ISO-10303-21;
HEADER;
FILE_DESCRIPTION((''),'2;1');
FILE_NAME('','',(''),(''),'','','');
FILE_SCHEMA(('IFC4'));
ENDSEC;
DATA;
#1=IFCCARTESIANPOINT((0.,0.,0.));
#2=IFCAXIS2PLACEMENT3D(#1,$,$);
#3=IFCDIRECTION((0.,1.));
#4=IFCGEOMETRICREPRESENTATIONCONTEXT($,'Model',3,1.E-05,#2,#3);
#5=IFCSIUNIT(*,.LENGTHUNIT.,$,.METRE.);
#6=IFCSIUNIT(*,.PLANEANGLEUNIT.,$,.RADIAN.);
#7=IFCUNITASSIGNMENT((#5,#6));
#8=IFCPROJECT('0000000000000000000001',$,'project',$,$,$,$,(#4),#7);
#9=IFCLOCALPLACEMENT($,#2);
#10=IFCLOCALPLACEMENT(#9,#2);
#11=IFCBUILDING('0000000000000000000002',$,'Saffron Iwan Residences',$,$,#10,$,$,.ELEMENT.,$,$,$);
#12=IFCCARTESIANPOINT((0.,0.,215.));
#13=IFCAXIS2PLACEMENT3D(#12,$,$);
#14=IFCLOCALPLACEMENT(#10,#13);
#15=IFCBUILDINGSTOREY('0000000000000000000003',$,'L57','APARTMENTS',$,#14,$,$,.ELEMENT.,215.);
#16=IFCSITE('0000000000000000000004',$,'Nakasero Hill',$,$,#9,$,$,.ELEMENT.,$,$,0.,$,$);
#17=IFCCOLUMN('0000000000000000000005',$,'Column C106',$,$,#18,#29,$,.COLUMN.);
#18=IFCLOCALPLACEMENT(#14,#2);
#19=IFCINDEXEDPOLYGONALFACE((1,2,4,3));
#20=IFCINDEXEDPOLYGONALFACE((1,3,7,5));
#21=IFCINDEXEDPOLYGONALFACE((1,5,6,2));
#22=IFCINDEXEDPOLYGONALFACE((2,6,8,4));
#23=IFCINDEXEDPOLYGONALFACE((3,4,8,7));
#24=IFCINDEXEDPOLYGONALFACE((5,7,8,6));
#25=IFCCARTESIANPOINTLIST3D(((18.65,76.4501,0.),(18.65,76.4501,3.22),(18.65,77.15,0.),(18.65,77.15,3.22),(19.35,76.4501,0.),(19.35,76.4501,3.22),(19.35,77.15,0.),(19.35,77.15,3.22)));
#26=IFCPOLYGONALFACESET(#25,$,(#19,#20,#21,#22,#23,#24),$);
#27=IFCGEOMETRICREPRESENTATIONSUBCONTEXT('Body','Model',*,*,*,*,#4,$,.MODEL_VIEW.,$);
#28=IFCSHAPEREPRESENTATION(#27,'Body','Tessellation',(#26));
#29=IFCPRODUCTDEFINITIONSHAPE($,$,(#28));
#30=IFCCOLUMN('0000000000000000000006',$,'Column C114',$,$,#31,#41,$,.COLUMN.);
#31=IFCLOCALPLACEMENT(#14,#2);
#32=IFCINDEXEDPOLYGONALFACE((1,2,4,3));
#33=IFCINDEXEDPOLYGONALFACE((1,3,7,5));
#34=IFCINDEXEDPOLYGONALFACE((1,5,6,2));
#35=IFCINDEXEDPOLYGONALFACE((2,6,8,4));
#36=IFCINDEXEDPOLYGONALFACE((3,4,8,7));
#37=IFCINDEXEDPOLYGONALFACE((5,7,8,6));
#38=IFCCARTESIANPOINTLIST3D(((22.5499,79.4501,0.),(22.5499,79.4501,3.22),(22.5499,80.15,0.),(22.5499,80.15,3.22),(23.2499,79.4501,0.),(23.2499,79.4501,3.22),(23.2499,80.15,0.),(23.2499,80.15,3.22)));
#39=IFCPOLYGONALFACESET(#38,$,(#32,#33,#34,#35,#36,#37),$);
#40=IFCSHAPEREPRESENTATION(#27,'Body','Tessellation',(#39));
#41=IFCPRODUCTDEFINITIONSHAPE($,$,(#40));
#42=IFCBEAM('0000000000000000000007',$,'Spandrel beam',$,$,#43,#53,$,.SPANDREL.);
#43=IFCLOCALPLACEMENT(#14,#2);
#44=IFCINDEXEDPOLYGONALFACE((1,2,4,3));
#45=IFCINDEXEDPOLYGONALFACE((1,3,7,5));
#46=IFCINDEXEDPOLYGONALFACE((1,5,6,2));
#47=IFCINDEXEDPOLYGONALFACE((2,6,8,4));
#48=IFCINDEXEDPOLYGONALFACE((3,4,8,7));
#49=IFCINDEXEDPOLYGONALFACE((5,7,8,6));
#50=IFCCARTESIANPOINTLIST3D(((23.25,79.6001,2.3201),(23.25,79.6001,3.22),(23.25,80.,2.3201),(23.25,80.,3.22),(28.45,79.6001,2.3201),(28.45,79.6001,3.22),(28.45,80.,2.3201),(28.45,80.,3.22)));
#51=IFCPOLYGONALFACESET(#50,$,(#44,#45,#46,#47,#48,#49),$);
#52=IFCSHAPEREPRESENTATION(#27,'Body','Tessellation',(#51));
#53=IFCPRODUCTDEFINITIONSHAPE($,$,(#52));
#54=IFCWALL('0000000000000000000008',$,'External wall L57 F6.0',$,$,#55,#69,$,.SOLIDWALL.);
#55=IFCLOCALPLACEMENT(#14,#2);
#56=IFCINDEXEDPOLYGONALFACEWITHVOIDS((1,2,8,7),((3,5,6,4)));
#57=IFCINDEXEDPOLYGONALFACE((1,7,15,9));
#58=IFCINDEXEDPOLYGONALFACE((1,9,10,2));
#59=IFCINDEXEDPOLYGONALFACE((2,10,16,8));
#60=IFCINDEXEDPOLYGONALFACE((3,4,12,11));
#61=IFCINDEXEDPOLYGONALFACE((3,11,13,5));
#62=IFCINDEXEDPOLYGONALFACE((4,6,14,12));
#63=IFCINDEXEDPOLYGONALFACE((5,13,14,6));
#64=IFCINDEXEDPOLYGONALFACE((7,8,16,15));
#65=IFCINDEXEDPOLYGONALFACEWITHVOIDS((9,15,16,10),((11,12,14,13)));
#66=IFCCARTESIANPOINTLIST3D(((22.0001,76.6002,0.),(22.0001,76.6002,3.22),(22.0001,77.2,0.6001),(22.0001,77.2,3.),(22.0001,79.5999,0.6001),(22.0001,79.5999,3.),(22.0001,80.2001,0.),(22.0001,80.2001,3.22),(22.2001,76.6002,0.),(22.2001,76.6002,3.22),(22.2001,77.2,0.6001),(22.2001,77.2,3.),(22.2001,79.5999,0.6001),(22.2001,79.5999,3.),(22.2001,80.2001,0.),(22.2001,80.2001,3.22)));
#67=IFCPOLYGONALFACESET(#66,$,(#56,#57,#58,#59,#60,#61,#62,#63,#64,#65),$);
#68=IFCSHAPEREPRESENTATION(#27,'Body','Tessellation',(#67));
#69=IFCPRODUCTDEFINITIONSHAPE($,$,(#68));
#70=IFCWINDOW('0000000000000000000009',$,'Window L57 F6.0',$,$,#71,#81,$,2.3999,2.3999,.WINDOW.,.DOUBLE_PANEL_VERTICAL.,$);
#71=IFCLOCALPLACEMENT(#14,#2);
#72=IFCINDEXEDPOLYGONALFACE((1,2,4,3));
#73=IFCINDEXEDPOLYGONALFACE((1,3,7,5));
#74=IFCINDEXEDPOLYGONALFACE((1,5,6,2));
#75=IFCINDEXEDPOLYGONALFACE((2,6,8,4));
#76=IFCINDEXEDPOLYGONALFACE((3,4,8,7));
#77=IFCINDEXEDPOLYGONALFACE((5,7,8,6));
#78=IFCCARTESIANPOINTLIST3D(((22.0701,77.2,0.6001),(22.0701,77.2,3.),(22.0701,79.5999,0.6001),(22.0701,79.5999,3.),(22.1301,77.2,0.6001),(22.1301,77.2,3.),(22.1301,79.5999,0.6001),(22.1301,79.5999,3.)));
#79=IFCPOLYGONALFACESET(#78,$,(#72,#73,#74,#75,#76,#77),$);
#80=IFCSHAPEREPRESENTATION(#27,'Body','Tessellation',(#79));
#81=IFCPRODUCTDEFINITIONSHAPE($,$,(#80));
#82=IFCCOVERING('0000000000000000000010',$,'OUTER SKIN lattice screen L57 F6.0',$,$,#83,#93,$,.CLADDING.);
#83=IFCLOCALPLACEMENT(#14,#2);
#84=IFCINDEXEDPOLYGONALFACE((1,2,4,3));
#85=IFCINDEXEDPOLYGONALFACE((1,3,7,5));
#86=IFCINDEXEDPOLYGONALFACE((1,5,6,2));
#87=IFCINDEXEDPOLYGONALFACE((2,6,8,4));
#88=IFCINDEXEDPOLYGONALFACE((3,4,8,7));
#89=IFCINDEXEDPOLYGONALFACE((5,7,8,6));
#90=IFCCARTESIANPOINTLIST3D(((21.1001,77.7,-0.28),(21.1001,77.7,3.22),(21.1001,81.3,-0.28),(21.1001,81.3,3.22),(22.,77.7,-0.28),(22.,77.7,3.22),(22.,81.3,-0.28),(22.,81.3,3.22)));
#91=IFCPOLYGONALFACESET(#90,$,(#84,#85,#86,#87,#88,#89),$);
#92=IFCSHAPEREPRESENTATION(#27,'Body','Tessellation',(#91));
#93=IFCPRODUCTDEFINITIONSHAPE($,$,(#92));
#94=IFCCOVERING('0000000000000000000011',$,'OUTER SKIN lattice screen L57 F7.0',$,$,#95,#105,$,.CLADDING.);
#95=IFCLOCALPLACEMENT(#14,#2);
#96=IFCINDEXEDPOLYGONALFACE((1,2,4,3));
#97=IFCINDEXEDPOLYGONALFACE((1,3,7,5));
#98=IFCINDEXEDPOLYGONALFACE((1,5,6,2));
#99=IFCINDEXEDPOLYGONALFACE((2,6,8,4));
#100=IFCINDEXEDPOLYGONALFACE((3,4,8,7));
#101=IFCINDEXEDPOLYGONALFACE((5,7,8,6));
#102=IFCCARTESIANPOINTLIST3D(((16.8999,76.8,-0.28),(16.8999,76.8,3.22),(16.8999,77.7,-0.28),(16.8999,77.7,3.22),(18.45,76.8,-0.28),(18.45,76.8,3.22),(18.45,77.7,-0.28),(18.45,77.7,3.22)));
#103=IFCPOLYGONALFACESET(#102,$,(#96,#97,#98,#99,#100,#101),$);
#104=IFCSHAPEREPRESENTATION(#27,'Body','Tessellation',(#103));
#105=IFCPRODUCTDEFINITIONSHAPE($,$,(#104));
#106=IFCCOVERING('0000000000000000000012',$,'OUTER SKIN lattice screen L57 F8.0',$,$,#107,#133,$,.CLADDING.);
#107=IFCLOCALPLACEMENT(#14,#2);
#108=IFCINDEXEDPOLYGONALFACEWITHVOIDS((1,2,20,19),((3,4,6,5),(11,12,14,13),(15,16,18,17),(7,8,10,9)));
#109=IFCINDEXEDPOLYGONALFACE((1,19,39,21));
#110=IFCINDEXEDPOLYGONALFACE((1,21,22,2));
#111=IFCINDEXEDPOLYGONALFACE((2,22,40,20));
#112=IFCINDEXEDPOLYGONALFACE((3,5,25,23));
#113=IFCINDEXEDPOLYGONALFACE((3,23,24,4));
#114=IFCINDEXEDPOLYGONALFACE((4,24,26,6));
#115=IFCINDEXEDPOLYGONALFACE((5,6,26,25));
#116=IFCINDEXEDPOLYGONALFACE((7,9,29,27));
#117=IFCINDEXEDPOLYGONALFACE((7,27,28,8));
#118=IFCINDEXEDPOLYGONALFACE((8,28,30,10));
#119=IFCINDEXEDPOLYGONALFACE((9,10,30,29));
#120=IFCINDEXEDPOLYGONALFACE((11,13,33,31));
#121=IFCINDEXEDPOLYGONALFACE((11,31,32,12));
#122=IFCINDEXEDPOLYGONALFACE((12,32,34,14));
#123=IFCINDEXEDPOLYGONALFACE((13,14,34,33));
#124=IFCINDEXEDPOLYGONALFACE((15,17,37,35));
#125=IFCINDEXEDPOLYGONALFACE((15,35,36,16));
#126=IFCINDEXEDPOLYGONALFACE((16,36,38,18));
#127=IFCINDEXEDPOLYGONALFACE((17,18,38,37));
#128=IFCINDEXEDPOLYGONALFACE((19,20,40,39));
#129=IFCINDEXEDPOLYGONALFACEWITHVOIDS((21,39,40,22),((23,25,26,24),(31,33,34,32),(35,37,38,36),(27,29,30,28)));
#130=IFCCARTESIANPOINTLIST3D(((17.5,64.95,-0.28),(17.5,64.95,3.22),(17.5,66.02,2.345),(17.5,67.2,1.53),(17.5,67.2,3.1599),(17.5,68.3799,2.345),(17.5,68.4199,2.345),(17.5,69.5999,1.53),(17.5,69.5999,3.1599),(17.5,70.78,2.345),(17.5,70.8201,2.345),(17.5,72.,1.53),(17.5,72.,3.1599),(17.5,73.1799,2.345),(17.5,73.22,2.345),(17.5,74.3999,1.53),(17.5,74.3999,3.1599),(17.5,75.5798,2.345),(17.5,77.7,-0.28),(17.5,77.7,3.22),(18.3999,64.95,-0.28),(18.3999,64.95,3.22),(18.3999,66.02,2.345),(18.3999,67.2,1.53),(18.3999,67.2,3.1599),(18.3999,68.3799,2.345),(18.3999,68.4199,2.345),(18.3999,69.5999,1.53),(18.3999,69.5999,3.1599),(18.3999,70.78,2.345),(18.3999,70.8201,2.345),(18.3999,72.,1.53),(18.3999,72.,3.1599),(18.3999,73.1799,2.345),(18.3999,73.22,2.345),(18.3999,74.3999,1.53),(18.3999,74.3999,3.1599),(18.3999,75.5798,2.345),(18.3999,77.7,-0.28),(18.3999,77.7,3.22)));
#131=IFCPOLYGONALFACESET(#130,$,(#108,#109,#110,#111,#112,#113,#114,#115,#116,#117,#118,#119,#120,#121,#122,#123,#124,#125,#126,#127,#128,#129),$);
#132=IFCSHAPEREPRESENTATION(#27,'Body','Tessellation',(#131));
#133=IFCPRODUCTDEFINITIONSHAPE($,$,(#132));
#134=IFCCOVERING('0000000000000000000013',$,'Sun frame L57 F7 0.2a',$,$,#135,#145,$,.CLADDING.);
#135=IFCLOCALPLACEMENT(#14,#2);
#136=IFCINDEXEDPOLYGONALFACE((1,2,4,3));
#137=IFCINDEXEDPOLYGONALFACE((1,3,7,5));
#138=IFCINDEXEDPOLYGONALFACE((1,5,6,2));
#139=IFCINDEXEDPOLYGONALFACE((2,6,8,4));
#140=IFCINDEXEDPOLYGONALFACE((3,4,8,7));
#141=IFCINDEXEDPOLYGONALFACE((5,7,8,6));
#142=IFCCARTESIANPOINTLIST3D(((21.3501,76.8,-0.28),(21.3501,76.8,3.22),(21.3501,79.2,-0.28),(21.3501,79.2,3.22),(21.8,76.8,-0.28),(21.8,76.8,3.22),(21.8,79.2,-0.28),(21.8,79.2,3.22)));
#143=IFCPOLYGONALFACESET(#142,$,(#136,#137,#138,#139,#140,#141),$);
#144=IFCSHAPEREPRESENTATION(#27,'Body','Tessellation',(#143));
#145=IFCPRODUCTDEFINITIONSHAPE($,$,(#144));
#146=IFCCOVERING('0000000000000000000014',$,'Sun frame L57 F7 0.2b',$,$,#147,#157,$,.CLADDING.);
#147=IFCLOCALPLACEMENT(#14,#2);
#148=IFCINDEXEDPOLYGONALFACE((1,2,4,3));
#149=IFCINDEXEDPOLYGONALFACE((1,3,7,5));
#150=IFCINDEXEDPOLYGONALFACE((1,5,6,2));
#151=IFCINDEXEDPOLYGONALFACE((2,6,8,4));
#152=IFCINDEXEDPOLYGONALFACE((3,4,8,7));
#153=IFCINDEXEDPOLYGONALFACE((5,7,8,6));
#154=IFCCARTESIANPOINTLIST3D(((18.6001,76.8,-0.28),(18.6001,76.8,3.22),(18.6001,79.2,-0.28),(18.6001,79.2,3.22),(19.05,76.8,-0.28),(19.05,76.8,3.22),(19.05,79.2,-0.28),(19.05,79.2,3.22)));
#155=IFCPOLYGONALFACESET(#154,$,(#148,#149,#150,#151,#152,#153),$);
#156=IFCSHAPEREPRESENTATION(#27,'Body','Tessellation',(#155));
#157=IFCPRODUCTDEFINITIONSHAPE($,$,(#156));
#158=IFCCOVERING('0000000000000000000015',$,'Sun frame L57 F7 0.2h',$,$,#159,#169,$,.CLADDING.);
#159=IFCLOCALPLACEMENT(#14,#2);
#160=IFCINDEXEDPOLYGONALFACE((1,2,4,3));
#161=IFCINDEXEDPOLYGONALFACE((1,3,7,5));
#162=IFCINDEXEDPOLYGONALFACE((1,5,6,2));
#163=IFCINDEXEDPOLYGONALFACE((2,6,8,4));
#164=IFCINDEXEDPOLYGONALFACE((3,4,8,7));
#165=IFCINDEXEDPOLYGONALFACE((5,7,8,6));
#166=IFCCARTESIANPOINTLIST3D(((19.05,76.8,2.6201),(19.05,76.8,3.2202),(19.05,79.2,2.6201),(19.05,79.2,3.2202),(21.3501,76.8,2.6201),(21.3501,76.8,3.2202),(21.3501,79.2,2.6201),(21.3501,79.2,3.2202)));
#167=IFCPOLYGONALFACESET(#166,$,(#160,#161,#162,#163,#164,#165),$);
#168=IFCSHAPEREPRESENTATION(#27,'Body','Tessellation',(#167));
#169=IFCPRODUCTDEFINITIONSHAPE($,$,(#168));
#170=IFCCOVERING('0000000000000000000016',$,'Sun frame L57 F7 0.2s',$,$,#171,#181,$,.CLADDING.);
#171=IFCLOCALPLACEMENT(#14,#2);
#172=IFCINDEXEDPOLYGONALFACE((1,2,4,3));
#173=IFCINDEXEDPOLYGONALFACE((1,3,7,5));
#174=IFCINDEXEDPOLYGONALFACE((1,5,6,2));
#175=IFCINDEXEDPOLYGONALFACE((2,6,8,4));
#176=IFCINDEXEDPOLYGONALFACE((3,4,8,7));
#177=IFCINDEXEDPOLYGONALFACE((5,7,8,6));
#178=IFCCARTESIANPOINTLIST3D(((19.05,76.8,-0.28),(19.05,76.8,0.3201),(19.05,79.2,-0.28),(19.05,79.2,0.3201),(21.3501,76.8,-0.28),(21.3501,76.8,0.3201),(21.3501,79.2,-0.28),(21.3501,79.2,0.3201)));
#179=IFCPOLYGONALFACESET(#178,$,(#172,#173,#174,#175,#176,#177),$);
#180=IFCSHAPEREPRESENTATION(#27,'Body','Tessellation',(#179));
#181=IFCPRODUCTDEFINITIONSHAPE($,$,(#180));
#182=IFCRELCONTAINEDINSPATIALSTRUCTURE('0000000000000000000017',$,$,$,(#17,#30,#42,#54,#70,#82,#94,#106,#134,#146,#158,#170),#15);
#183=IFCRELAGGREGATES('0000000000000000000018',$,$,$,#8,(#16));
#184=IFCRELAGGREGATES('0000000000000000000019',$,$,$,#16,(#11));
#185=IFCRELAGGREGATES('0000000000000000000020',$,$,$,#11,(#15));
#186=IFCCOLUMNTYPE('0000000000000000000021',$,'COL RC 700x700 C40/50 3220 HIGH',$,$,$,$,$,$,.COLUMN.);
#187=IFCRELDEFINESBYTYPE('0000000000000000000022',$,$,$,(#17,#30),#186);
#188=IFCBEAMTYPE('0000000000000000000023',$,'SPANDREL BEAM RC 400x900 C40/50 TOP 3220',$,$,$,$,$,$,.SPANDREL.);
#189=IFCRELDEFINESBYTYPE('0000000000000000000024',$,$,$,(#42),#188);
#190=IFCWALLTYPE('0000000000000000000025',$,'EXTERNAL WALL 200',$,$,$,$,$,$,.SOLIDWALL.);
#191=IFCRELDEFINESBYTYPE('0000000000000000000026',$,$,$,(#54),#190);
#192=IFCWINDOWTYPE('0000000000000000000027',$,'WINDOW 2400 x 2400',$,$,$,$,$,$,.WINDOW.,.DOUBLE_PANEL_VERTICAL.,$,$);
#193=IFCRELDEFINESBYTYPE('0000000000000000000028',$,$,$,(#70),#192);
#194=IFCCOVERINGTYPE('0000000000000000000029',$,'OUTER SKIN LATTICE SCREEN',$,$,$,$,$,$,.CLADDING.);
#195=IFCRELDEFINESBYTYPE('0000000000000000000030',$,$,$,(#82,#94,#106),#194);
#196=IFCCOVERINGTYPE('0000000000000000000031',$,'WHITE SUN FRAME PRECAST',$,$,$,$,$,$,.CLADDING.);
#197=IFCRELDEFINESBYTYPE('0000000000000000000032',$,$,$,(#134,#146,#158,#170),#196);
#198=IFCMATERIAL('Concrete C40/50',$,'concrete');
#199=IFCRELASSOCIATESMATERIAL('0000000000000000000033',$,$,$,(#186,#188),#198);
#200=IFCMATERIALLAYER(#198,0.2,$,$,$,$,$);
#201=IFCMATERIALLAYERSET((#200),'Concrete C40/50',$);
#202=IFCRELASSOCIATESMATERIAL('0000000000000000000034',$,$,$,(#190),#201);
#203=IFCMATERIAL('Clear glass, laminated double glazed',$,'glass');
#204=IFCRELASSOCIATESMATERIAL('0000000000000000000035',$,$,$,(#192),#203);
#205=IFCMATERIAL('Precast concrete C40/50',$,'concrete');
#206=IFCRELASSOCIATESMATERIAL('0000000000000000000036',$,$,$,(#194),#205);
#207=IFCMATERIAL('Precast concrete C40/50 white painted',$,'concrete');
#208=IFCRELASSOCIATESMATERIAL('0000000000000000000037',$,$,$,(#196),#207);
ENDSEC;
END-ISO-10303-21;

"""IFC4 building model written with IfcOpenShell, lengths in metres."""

from ifc_helpers import new_model, si_unit, direction, frame, frame_2d, origin, origin_2d, place, context, subcontext, project, spatial, polyline, rectangle, outline, extrude, source, transform, mapped, material, layer, layer_set, material_profile, profile_set, type_object, element, fill, save


model = new_model("IFC4")

# Units and contexts
model_context = context("Model", 3, precision=1e-05, world=origin(), true_north=direction((0.0, 1.0)))
body_context = subcontext(model_context, "Body", "Model", "MODEL_VIEW")
ifc_project = project(units=[si_unit("LENGTHUNIT", "METRE"), si_unit("PLANEANGLEUNIT", "RADIAN")], contexts=[model_context])

# Site, building, storey
site_placement = place(None, origin())
site = spatial("IfcSite", under=ifc_project, at=site_placement, Name="Nakasero Hill", CompositionType="ELEMENT", RefElevation=0.0)
building_placement = place(site_placement, origin())
building = spatial("IfcBuilding", under=site, at=building_placement, Name="Saffron Iwan Residences", CompositionType="ELEMENT")
storey_placement = place(building_placement, frame((0.0, 0.0, 215.0)))
storey = spatial("IfcBuildingStorey", under=building, at=storey_placement, Name="L57", Description="APARTMENTS", CompositionType="ELEMENT", Elevation=215.0)

# Columns
ifc_material_1 = material(Name="Concrete C40/50", Category="concrete")
ifc_material_profile_1 = material_profile(ifc_material_1, rectangle(XDim=0.7, YDim=0.7, at=origin_2d()), Name="RC 700x700")
ifc_profile_set_1 = profile_set([ifc_material_profile_1], Name="Concrete C40/50")
column_type = type_object("IfcColumnType", Name="COL RC 700x700 C40/50 3220 HIGH", PredefinedType="COLUMN", material=ifc_profile_set_1)
shared_shape_1 = source(origin(), body_context, "Body", "SweptSolid", [
    extrude(rectangle(XDim=0.7, YDim=0.7, at=origin_2d()), origin(), (0.0, 0.0, 1.0), 3.22),
])
for number, where, z_axis, x_axis, name in (
    (1, (19.0, 76.8, 0.0), (0.0, 0.0, 1.0), (1.0, 0.0, 0.0), "Column C106"),
    (2, (22.8999, 79.8, 0.0), (0.0, 0.0, 1.0), (1.0, 0.0, 0.0), "Column C114"),
):
    element("IfcColumn", number, at=place(storey_placement, frame(where, z_axis=z_axis, x_axis=x_axis)), inside=storey, type_object=column_type, Name=name, PredefinedType="COLUMN", context=body_context, shape_type="MappedRepresentation", body=[
        mapped(shared_shape_1, transform((0.0, 0.0, 0.0))),
    ])

# Beam
ifc_material_profile_2 = material_profile(ifc_material_1, rectangle(XDim=0.3999, YDim=0.8999, at=origin_2d()), Name="RC 400x900")
ifc_profile_set_2 = profile_set([ifc_material_profile_2], Name="Concrete C40/50")
beam_type = type_object("IfcBeamType", Name="SPANDREL BEAM RC 400x900 C40/50 TOP 3220", PredefinedType="SPANDREL", material=ifc_profile_set_2)
shared_shape_2 = source(origin(), body_context, "Body", "SweptSolid", [
    extrude(rectangle(XDim=0.3999, YDim=0.8999, at=origin_2d()), origin(), (0.0, 0.0, 1.0), 5.2),
])
beam_placement = place(storey_placement, frame((23.25, 79.8, 2.77), z_axis=(1.0, 0.0, 0.0), x_axis=(0.0, 1.0, 0.0)))
element("IfcBeam", 3, at=beam_placement, inside=storey, type_object=beam_type, Name="Spandrel beam", PredefinedType="SPANDREL", context=body_context, shape_type="MappedRepresentation", body=[
    mapped(shared_shape_2, transform((0.0, 0.0, 0.0))),
])

# Wall, opening, window
ifc_layer = layer(ifc_material_1, 0.2)
ifc_layer_set = layer_set([ifc_layer], Name="Concrete C40/50")
wall_type = type_object("IfcWallType", Name="EXTERNAL WALL 200", PredefinedType="SOLIDWALL", material=ifc_layer_set)
wall_placement = place(storey_placement, frame((22.1001, 80.2, 0.0), z_axis=(0.0, 0.0, 1.0), x_axis=(0.0, -1.0, 0.0)))
wall = element("IfcWall", 4, at=wall_placement, inside=storey, type_object=wall_type, Name="External wall L57 F6.0", PredefinedType="SOLIDWALL", context=body_context, shape_type="SweptSolid", body=[
    extrude(rectangle(XDim=3.5999, YDim=0.2, at=frame_2d((1.7998, 0.0))), origin(), (0.0, 0.0, 1.0), 3.22),
])
opening_placement = place(wall_placement, frame((0.6001, 0.0, 0.6001)))
opening = element("IfcOpeningElement", 5, at=opening_placement, cuts=wall, PredefinedType="OPENING", context=body_context, shape_type="SweptSolid", body=[
    extrude(rectangle(XDim=2.3999, YDim=2.3999, at=frame_2d((1.2, 1.2))), frame((0.0, 0.1099, 0.0), z_axis=(0.0, -1.0, 0.0), x_axis=(1.0, 0.0, 0.0)), (0.0, 0.0, 1.0), 0.22),
])
ifc_material_2 = material(Name="Clear glass, laminated double glazed", Category="glass")
window_type = type_object("IfcWindowType", Name="WINDOW 2400 x 2400", PartitioningType="DOUBLE_PANEL_VERTICAL", PredefinedType="WINDOW", material=ifc_material_2)
window_placement = place(opening_placement, origin())
window = element("IfcWindow", 6, at=window_placement, inside=storey, type_object=window_type, Name="Window L57 F6.0", OverallHeight=2.3999, OverallWidth=2.3999, PartitioningType="DOUBLE_PANEL_VERTICAL", PredefinedType="WINDOW", context=body_context, shape_type="SweptSolid", body=[
    extrude(rectangle(XDim=2.3999, YDim=2.3999, at=frame_2d((1.2, 1.2))), frame((0.0, 0.03, 0.0), z_axis=(0.0, -1.0, 0.0), x_axis=(1.0, 0.0, 0.0)), (0.0, 0.0, 1.0), 0.0601),
])
fill(opening, window)

# Coverings
ifc_material_3 = material(Name="Precast concrete C40/50", Category="concrete")
covering_type_1 = type_object("IfcCoveringType", Name="OUTER SKIN LATTICE SCREEN", PredefinedType="CLADDING", material=ifc_material_3)
covering_1_placement = place(storey_placement, frame((22.0, 81.3, -0.28), z_axis=(-1.0, 0.0, 0.0), x_axis=(0.0, -1.0, 0.0)))
element("IfcCovering", 7, at=covering_1_placement, inside=storey, type_object=covering_type_1, Name="OUTER SKIN lattice screen L57 F6.0", PredefinedType="CLADDING", context=body_context, shape_type="SweptSolid", body=[
    extrude(outline(polyline([(0.0, 0.0), (3.6001, 0.0), (3.6001, 3.5), (0.0, 3.5), (0.0, 0.0)])), origin(), (0.0, 0.0, 1.0), 0.8999),
])
covering_2_placement = place(storey_placement, frame((18.45, 76.8, -0.28), z_axis=(0.0, 1.0, 0.0), x_axis=(-1.0, 0.0, 0.0)))
element("IfcCovering", 8, at=covering_2_placement, inside=storey, type_object=covering_type_1, Name="OUTER SKIN lattice screen L57 F7.0", PredefinedType="CLADDING", context=body_context, shape_type="SweptSolid", body=[
    extrude(outline(polyline([(0.0, 0.0), (1.55, 0.0), (1.55, 3.5), (0.0, 3.5), (0.0, 0.0)])), origin(), (0.0, 0.0, 1.0), 0.8999),
])
covering_3_placement = place(storey_placement, frame((18.3999, 77.7, -0.28), z_axis=(-1.0, 0.0, 0.0), x_axis=(0.0, -1.0, 0.0)))
element("IfcCovering", 9, at=covering_3_placement, inside=storey, type_object=covering_type_1, Name="OUTER SKIN lattice screen L57 F8.0", PredefinedType="CLADDING", context=body_context, shape_type="SweptSolid", body=[
    extrude(outline(polyline([(0.0, 0.0), (12.75, 0.0), (12.75, 3.5), (0.0, 3.5), (0.0, 0.0)]), holes=[polyline([(2.1201, 2.625), (3.3, 1.8101), (4.48, 2.625), (3.3, 3.4399), (2.1201, 2.625)]), polyline([(4.52, 2.625), (5.7, 1.8101), (6.8799, 2.625), (5.7, 3.4399), (4.52, 2.625)]), polyline([(6.9199, 2.625), (8.1001, 1.8101), (9.28, 2.625), (8.1001, 3.4399), (6.9199, 2.625)]), polyline([(9.3201, 2.625), (10.5, 1.8101), (11.6799, 2.625), (10.5, 3.4399), (9.3201, 2.625)])]), origin(), (0.0, 0.0, 1.0), 0.8999),
])
ifc_material_4 = material(Name="Precast concrete C40/50 white painted", Category="concrete")
covering_type_2 = type_object("IfcCoveringType", Name="WHITE SUN FRAME PRECAST", PredefinedType="CLADDING", material=ifc_material_4)
for number, where, z_axis, x_axis, name in (
    (10, (21.8, 76.8, -0.28), (0.0, 1.0, 0.0), (-1.0, 0.0, 0.0), "Sun frame L57 F7 0.2a"),
    (11, (19.05, 76.8, -0.28), (0.0, 1.0, 0.0), (-1.0, 0.0, 0.0), "Sun frame L57 F7 0.2b"),
):
    element("IfcCovering", number, at=place(storey_placement, frame(where, z_axis=z_axis, x_axis=x_axis)), inside=storey, type_object=covering_type_2, Name=name, PredefinedType="CLADDING", context=body_context, shape_type="SweptSolid", body=[
        extrude(outline(polyline([(0.0, 0.0), (0.45, 0.0), (0.45, 3.5), (0.0, 3.5), (0.0, 0.0)])), origin(), (0.0, 0.0, 1.0), 2.3999),
    ])
for number, where, z_axis, x_axis, name in (
    (12, (21.3501, 76.8, 2.6201), (0.0, 1.0, 0.0), (-1.0, 0.0, 0.0), "Sun frame L57 F7 0.2h"),
    (13, (21.3501, 76.8, -0.28), (0.0, 1.0, 0.0), (-1.0, 0.0, 0.0), "Sun frame L57 F7 0.2s"),
):
    element("IfcCovering", number, at=place(storey_placement, frame(where, z_axis=z_axis, x_axis=x_axis)), inside=storey, type_object=covering_type_2, Name=name, PredefinedType="CLADDING", context=body_context, shape_type="SweptSolid", body=[
        extrude(outline(polyline([(0.0, 0.0), (2.3, 0.0), (2.3, 0.6001), (0.0, 0.6001), (0.0, 0.0)])), origin(), (0.0, 0.0, 1.0), 2.3999),
    ])

save(model, "model.ifc")
